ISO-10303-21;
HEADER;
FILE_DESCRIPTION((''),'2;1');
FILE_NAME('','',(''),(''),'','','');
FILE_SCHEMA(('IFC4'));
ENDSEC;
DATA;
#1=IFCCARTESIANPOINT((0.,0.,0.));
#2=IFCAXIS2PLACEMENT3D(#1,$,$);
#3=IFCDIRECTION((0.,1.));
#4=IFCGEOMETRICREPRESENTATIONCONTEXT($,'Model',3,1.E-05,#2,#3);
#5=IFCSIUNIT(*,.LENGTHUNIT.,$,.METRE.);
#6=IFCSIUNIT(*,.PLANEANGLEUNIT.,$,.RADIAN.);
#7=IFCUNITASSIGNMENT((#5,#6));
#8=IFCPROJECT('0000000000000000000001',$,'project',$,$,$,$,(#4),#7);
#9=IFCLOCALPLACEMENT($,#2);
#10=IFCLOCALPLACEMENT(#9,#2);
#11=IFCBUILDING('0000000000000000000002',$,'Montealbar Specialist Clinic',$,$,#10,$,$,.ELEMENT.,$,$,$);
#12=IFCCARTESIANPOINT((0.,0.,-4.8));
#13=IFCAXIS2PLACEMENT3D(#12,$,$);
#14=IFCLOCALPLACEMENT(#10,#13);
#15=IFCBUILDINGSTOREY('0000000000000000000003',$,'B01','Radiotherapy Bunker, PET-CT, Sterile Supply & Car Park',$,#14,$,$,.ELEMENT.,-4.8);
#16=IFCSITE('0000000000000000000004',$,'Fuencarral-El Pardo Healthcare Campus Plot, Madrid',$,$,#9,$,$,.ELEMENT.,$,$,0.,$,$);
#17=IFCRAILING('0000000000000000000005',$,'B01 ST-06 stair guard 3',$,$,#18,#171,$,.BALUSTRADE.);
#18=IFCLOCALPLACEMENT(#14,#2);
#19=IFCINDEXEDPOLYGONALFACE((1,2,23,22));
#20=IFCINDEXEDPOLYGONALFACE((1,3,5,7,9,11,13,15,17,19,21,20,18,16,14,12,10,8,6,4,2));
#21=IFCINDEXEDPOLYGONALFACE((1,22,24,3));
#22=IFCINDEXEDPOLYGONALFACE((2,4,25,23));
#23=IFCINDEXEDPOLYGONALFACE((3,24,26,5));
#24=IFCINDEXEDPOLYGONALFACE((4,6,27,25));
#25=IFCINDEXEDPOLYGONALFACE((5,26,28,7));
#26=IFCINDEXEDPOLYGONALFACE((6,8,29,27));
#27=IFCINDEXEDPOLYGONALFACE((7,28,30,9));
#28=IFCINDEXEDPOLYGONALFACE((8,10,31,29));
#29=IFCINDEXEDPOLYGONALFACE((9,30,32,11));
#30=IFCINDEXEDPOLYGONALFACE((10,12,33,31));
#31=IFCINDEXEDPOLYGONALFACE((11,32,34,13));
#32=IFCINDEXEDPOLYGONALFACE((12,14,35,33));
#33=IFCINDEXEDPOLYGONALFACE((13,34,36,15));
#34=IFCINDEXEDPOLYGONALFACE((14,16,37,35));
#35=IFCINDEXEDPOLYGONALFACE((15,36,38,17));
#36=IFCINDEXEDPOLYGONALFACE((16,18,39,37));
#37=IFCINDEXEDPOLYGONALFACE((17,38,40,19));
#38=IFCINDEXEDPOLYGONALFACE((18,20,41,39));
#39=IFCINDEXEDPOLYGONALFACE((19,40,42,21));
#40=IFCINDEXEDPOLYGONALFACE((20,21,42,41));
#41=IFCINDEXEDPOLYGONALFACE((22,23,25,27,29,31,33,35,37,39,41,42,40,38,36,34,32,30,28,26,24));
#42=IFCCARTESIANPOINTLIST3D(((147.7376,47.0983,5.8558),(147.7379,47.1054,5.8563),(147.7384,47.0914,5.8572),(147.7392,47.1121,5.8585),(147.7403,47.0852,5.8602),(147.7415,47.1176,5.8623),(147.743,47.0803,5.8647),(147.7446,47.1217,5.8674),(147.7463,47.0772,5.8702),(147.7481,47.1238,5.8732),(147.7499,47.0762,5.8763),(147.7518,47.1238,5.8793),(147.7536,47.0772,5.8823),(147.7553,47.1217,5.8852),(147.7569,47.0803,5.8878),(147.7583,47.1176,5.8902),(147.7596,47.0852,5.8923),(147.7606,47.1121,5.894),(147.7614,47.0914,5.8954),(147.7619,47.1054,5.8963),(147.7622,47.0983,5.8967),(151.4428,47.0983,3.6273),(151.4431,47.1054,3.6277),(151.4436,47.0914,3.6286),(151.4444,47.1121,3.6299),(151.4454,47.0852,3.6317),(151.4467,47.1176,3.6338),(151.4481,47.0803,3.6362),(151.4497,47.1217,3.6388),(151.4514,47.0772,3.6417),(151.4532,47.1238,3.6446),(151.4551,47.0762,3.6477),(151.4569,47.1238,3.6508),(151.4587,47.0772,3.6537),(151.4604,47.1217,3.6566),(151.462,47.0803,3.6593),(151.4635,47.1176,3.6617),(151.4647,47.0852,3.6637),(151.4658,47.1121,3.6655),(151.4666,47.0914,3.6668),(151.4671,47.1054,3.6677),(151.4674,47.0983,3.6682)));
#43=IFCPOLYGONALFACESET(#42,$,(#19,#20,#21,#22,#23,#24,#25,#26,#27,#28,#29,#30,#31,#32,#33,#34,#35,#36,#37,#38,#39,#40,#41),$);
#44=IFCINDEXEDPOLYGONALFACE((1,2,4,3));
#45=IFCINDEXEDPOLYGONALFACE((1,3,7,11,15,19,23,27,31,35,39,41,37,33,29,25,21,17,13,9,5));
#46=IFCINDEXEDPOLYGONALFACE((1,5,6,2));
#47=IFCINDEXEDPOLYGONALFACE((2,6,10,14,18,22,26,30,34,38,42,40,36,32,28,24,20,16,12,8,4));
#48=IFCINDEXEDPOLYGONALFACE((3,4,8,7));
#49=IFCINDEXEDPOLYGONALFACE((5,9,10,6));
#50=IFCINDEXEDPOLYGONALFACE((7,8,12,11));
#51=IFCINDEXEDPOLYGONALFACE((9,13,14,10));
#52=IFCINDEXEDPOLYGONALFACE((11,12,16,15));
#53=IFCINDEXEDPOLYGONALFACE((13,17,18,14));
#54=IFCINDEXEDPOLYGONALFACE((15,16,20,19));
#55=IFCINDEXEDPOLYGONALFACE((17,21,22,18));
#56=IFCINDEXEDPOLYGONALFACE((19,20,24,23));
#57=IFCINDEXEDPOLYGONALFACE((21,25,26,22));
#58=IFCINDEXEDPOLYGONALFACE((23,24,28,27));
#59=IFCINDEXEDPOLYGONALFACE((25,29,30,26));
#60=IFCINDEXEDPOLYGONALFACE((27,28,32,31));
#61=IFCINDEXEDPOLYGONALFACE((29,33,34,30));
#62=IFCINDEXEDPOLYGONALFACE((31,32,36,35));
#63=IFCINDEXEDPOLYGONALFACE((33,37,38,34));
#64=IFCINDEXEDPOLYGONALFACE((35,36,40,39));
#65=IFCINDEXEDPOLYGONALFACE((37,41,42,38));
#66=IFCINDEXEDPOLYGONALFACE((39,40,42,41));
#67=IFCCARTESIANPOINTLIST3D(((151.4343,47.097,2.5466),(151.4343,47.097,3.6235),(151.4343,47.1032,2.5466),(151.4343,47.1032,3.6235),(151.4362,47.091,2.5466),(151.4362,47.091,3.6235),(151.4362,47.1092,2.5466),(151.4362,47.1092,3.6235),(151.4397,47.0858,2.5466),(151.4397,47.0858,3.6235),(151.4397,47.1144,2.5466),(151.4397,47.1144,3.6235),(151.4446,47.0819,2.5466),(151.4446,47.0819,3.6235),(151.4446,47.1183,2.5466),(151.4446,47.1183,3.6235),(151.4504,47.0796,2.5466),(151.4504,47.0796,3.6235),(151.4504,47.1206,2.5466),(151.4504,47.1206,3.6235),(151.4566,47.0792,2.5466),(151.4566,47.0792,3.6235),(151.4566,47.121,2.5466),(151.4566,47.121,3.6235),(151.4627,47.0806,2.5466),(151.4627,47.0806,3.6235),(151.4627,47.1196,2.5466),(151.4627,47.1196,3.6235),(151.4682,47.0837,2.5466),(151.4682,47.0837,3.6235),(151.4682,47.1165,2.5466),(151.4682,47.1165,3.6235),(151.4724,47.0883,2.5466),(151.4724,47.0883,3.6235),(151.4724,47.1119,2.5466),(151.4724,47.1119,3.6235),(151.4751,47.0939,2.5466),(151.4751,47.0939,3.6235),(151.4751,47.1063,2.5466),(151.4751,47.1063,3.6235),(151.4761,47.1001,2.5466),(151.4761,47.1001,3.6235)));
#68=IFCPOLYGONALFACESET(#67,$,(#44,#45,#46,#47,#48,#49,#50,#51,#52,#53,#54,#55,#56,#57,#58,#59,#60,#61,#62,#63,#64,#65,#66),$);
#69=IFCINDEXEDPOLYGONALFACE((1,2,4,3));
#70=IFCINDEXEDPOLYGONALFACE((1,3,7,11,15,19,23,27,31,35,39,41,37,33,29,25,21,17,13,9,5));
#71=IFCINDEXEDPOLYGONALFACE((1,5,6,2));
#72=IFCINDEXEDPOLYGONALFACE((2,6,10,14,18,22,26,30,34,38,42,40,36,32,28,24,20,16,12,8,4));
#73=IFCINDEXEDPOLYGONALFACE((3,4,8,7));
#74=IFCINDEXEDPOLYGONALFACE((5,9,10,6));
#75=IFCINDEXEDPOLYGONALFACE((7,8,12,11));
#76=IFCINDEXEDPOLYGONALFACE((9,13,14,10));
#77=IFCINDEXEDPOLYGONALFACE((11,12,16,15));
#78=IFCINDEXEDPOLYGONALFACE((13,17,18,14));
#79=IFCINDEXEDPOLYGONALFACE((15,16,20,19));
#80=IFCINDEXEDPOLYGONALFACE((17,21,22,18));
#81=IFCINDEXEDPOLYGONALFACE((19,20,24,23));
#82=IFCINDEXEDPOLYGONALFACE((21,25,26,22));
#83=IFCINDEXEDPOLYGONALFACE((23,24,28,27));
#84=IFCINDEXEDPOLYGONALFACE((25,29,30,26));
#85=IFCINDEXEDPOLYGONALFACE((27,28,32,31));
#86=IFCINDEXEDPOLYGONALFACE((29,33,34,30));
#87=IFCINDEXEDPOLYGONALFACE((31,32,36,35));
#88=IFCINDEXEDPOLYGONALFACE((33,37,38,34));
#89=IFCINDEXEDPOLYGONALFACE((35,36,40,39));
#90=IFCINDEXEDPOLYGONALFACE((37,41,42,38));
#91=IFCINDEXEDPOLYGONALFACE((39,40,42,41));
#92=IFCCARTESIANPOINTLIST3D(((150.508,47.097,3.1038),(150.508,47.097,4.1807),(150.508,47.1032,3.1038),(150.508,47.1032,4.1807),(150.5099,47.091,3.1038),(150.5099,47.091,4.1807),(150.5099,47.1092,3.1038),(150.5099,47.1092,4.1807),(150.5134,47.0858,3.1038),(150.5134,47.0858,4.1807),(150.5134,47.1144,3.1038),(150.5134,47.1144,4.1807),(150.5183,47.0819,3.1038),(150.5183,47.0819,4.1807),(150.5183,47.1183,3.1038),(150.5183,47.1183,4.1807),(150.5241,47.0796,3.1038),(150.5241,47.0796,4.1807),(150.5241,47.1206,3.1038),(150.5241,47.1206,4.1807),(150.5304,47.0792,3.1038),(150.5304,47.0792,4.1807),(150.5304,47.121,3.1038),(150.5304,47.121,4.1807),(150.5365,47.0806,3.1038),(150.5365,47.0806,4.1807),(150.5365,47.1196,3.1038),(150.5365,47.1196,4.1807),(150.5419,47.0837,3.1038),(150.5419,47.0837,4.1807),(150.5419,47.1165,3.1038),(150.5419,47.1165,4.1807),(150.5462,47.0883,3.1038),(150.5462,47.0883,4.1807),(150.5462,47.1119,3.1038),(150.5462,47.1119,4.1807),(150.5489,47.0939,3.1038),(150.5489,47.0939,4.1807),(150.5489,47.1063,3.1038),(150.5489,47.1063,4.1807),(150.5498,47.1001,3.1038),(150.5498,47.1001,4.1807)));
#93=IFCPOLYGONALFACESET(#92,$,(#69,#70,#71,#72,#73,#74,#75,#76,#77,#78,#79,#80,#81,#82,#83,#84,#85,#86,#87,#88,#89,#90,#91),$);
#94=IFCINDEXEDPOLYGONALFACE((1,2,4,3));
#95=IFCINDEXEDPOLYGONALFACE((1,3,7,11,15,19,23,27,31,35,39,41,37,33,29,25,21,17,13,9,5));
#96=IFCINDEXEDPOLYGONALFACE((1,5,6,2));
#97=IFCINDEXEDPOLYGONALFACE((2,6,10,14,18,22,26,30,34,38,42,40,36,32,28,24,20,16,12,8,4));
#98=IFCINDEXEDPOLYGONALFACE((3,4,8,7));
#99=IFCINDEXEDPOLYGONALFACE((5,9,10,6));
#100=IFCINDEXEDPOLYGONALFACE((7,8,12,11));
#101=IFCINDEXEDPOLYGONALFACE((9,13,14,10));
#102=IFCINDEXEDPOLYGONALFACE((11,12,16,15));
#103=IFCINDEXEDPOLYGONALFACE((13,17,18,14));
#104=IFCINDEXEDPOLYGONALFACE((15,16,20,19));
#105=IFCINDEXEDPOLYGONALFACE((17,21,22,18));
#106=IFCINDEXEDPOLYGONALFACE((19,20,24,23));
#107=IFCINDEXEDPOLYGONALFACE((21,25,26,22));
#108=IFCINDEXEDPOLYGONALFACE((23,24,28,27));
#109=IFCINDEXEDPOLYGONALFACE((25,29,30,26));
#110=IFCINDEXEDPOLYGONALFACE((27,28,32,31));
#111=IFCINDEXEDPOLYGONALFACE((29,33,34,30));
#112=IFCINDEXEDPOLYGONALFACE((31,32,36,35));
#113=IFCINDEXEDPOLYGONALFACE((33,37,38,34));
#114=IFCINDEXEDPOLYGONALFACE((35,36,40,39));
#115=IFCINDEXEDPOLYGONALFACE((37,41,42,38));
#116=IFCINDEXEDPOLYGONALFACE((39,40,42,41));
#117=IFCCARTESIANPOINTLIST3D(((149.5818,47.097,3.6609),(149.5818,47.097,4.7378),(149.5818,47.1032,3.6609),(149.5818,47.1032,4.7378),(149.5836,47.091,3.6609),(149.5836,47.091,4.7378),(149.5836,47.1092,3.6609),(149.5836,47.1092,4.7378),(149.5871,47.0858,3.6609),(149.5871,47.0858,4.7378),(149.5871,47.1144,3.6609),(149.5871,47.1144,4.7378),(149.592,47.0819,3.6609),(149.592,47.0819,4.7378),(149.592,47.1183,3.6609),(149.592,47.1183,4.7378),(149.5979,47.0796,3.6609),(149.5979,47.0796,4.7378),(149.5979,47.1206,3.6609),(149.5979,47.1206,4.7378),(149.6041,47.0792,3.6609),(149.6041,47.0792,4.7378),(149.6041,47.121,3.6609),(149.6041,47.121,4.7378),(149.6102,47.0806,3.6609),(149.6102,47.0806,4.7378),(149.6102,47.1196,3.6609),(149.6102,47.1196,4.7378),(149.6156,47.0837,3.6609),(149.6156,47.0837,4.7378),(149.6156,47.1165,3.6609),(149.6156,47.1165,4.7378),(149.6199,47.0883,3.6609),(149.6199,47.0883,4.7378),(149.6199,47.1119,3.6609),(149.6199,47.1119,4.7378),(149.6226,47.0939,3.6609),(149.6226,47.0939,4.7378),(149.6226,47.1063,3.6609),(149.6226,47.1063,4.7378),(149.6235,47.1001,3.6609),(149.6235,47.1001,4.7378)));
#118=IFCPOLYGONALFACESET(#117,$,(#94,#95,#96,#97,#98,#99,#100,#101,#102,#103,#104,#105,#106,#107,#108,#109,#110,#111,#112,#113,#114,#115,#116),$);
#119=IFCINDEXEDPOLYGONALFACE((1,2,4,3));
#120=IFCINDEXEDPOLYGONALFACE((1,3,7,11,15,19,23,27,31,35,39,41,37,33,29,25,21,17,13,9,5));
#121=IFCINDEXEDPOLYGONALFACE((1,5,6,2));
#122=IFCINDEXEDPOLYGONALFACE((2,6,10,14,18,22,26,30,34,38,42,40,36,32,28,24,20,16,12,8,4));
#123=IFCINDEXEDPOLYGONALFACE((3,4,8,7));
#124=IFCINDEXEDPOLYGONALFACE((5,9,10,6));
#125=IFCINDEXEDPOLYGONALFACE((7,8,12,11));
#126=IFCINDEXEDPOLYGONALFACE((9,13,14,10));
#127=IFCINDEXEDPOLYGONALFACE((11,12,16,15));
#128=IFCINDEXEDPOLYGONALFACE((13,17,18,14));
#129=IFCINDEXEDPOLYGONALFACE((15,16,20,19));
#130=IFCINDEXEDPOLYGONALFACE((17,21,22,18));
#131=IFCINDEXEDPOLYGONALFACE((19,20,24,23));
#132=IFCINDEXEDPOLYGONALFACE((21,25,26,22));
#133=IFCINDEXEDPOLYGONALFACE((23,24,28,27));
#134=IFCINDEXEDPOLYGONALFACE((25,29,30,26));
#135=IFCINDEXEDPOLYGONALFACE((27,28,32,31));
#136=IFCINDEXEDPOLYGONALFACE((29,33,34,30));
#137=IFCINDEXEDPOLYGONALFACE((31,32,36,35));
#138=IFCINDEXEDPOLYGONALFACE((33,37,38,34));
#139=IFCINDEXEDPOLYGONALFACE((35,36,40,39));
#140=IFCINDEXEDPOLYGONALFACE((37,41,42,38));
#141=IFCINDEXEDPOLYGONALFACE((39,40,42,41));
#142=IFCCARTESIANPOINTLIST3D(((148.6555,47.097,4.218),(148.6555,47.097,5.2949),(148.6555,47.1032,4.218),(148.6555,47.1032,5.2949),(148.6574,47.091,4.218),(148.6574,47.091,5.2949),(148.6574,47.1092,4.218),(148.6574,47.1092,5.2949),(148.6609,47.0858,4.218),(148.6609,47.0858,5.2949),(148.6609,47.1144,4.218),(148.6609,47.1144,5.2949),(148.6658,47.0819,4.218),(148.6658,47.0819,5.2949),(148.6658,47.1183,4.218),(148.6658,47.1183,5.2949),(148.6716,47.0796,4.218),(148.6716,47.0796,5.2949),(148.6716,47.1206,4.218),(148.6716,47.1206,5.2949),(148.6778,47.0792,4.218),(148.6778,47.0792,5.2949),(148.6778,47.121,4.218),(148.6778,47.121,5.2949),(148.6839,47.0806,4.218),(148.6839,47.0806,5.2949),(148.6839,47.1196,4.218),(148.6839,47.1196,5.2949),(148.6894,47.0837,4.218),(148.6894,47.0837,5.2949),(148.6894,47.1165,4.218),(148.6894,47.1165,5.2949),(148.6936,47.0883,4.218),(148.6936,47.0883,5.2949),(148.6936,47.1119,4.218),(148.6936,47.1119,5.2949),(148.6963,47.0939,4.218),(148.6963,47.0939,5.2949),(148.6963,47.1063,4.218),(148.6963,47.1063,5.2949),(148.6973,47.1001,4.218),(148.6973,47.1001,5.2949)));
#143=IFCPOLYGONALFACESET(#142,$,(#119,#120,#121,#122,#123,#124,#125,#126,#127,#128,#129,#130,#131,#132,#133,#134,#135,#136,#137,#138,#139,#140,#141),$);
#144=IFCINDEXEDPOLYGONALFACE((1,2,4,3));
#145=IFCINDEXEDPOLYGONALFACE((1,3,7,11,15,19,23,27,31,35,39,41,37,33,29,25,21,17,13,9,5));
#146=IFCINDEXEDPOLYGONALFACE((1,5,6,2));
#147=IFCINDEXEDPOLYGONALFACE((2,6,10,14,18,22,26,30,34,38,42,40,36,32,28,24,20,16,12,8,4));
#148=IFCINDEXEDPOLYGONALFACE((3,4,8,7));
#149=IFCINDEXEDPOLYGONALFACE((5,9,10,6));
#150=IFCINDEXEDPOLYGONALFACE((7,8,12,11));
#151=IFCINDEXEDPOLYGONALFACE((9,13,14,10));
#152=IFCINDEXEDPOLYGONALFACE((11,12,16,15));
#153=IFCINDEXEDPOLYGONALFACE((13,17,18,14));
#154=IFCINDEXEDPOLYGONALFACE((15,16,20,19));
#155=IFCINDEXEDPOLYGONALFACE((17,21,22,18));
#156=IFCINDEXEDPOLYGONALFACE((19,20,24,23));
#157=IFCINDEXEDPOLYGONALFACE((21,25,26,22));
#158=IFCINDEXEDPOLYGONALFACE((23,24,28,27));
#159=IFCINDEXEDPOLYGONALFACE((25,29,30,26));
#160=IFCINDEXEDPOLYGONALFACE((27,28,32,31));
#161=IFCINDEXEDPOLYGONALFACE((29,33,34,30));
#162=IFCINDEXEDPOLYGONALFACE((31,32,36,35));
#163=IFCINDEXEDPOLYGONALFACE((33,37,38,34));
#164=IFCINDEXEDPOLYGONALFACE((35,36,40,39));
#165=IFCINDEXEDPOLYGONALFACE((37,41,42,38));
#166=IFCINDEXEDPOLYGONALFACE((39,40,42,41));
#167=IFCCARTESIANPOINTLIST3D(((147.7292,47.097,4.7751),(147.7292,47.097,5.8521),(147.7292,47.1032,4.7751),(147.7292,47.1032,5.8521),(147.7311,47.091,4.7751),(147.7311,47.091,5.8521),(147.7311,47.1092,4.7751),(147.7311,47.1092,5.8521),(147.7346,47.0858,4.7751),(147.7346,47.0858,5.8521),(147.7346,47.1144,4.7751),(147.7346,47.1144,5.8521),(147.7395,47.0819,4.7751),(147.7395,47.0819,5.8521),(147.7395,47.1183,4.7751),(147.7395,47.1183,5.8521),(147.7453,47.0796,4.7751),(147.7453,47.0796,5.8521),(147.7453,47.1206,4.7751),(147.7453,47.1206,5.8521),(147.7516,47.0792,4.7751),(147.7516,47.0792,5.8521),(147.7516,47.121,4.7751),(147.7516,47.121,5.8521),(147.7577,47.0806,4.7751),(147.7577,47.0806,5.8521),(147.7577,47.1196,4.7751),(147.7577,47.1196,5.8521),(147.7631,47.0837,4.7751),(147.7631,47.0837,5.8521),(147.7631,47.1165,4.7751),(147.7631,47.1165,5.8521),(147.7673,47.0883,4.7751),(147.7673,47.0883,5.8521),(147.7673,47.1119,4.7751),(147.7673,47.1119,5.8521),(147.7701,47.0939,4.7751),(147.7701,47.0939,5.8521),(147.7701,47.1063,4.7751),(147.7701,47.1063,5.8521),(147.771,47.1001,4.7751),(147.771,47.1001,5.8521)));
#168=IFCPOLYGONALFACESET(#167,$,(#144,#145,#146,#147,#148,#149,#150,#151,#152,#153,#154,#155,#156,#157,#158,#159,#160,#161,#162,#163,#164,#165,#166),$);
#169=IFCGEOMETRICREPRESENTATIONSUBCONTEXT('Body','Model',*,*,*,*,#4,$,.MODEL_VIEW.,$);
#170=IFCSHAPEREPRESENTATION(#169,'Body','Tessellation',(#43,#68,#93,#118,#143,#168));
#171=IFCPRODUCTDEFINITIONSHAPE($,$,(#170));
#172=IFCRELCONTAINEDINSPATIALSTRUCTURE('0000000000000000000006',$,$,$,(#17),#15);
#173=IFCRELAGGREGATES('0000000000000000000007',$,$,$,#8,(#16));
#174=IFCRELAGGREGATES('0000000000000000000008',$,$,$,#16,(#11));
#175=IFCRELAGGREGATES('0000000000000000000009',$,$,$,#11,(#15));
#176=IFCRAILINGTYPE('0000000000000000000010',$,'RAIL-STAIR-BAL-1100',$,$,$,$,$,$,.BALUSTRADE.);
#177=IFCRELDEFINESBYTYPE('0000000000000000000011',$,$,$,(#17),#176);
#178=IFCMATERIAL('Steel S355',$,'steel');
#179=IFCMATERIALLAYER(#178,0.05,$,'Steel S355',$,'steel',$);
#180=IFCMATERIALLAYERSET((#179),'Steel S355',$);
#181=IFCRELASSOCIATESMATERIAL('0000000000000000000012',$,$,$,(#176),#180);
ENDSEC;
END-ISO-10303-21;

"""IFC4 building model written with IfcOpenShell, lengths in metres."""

from ifc_helpers import new_model, si_unit, direction, frame, origin, origin_2d, place, context, subcontext, project, spatial, circle, extrude, material, layer, layer_set, type_object, element, save


model = new_model("IFC4")

# Units and contexts
model_context = context("Model", 3, precision=1e-05, world=origin(), true_north=direction((0.0, 1.0)))
body_context = subcontext(model_context, "Body", "Model", "MODEL_VIEW")
ifc_project = project(units=[si_unit("LENGTHUNIT", "METRE"), si_unit("PLANEANGLEUNIT", "RADIAN")], contexts=[model_context])

# Site, building, storey
site_placement = place(None, origin())
site = spatial("IfcSite", under=ifc_project, at=site_placement, Name="Fuencarral-El Pardo Healthcare Campus Plot, Madrid", CompositionType="ELEMENT", RefElevation=0.0)
building_placement = place(site_placement, origin())
building = spatial("IfcBuilding", under=site, at=building_placement, Name="Montealbar Specialist Clinic", CompositionType="ELEMENT")
storey_placement = place(building_placement, frame((0.0, 0.0, -4.8)))
storey = spatial("IfcBuildingStorey", under=building, at=storey_placement, Name="B01", Description="Radiotherapy Bunker, PET-CT, Sterile Supply & Car Park", CompositionType="ELEMENT", Elevation=-4.8)

# Shared definitions
ifc_material_1 = material(Name="Steel S355", Category="steel")

# Railing
ifc_layer_1 = layer(ifc_material_1, 0.05, Name="Steel S355", Category="steel")
ifc_layer_set_1 = layer_set([ifc_layer_1], Name="Steel S355")
railing_type_1 = type_object("IfcRailingType", Name="RAIL-STAIR-BAL-1100", PredefinedType="BALUSTRADE", material=ifc_layer_set_1)
railing_1_placement = place(storey_placement, frame((151.4551, 47.1001, 2.5715)))
element("IfcRailing", 1, at=railing_1_placement, inside=storey, type_object=railing_type_1, Name="B01 ST-06 stair guard 3", PredefinedType="BALUSTRADE", context=body_context, shape_type="SweptSolid", body=[
    extrude(circle(Radius=0.0239, at=origin_2d()), frame((0.0, 0.0, 1.0762), z_axis=(-0.856934, 0.0, 0.515425), x_axis=(0.0, -1.0, 0.0)), (0.0, 0.0, 1.0), 4.3237),
    extrude(circle(Radius=0.021, at=origin_2d()), frame((0.0, 0.0, -0.0249)), (0.0, 0.0, 1.0), 1.0769),
    extrude(circle(Radius=0.021, at=origin_2d()), frame((-0.9263, 0.0, 0.5322)), (0.0, 0.0, 1.0), 1.0769),
    extrude(circle(Radius=0.021, at=origin_2d()), frame((-1.8525, 0.0, 1.0894)), (0.0, 0.0, 1.0), 1.0769),
    extrude(circle(Radius=0.021, at=origin_2d()), frame((-2.7788, 0.0, 1.6465)), (0.0, 0.0, 1.0), 1.0769),
    extrude(circle(Radius=0.021, at=origin_2d()), frame((-3.7051, 0.0, 2.2036)), (0.0, 0.0, 1.0), 1.0769),
])

save(model, "model.ifc")
